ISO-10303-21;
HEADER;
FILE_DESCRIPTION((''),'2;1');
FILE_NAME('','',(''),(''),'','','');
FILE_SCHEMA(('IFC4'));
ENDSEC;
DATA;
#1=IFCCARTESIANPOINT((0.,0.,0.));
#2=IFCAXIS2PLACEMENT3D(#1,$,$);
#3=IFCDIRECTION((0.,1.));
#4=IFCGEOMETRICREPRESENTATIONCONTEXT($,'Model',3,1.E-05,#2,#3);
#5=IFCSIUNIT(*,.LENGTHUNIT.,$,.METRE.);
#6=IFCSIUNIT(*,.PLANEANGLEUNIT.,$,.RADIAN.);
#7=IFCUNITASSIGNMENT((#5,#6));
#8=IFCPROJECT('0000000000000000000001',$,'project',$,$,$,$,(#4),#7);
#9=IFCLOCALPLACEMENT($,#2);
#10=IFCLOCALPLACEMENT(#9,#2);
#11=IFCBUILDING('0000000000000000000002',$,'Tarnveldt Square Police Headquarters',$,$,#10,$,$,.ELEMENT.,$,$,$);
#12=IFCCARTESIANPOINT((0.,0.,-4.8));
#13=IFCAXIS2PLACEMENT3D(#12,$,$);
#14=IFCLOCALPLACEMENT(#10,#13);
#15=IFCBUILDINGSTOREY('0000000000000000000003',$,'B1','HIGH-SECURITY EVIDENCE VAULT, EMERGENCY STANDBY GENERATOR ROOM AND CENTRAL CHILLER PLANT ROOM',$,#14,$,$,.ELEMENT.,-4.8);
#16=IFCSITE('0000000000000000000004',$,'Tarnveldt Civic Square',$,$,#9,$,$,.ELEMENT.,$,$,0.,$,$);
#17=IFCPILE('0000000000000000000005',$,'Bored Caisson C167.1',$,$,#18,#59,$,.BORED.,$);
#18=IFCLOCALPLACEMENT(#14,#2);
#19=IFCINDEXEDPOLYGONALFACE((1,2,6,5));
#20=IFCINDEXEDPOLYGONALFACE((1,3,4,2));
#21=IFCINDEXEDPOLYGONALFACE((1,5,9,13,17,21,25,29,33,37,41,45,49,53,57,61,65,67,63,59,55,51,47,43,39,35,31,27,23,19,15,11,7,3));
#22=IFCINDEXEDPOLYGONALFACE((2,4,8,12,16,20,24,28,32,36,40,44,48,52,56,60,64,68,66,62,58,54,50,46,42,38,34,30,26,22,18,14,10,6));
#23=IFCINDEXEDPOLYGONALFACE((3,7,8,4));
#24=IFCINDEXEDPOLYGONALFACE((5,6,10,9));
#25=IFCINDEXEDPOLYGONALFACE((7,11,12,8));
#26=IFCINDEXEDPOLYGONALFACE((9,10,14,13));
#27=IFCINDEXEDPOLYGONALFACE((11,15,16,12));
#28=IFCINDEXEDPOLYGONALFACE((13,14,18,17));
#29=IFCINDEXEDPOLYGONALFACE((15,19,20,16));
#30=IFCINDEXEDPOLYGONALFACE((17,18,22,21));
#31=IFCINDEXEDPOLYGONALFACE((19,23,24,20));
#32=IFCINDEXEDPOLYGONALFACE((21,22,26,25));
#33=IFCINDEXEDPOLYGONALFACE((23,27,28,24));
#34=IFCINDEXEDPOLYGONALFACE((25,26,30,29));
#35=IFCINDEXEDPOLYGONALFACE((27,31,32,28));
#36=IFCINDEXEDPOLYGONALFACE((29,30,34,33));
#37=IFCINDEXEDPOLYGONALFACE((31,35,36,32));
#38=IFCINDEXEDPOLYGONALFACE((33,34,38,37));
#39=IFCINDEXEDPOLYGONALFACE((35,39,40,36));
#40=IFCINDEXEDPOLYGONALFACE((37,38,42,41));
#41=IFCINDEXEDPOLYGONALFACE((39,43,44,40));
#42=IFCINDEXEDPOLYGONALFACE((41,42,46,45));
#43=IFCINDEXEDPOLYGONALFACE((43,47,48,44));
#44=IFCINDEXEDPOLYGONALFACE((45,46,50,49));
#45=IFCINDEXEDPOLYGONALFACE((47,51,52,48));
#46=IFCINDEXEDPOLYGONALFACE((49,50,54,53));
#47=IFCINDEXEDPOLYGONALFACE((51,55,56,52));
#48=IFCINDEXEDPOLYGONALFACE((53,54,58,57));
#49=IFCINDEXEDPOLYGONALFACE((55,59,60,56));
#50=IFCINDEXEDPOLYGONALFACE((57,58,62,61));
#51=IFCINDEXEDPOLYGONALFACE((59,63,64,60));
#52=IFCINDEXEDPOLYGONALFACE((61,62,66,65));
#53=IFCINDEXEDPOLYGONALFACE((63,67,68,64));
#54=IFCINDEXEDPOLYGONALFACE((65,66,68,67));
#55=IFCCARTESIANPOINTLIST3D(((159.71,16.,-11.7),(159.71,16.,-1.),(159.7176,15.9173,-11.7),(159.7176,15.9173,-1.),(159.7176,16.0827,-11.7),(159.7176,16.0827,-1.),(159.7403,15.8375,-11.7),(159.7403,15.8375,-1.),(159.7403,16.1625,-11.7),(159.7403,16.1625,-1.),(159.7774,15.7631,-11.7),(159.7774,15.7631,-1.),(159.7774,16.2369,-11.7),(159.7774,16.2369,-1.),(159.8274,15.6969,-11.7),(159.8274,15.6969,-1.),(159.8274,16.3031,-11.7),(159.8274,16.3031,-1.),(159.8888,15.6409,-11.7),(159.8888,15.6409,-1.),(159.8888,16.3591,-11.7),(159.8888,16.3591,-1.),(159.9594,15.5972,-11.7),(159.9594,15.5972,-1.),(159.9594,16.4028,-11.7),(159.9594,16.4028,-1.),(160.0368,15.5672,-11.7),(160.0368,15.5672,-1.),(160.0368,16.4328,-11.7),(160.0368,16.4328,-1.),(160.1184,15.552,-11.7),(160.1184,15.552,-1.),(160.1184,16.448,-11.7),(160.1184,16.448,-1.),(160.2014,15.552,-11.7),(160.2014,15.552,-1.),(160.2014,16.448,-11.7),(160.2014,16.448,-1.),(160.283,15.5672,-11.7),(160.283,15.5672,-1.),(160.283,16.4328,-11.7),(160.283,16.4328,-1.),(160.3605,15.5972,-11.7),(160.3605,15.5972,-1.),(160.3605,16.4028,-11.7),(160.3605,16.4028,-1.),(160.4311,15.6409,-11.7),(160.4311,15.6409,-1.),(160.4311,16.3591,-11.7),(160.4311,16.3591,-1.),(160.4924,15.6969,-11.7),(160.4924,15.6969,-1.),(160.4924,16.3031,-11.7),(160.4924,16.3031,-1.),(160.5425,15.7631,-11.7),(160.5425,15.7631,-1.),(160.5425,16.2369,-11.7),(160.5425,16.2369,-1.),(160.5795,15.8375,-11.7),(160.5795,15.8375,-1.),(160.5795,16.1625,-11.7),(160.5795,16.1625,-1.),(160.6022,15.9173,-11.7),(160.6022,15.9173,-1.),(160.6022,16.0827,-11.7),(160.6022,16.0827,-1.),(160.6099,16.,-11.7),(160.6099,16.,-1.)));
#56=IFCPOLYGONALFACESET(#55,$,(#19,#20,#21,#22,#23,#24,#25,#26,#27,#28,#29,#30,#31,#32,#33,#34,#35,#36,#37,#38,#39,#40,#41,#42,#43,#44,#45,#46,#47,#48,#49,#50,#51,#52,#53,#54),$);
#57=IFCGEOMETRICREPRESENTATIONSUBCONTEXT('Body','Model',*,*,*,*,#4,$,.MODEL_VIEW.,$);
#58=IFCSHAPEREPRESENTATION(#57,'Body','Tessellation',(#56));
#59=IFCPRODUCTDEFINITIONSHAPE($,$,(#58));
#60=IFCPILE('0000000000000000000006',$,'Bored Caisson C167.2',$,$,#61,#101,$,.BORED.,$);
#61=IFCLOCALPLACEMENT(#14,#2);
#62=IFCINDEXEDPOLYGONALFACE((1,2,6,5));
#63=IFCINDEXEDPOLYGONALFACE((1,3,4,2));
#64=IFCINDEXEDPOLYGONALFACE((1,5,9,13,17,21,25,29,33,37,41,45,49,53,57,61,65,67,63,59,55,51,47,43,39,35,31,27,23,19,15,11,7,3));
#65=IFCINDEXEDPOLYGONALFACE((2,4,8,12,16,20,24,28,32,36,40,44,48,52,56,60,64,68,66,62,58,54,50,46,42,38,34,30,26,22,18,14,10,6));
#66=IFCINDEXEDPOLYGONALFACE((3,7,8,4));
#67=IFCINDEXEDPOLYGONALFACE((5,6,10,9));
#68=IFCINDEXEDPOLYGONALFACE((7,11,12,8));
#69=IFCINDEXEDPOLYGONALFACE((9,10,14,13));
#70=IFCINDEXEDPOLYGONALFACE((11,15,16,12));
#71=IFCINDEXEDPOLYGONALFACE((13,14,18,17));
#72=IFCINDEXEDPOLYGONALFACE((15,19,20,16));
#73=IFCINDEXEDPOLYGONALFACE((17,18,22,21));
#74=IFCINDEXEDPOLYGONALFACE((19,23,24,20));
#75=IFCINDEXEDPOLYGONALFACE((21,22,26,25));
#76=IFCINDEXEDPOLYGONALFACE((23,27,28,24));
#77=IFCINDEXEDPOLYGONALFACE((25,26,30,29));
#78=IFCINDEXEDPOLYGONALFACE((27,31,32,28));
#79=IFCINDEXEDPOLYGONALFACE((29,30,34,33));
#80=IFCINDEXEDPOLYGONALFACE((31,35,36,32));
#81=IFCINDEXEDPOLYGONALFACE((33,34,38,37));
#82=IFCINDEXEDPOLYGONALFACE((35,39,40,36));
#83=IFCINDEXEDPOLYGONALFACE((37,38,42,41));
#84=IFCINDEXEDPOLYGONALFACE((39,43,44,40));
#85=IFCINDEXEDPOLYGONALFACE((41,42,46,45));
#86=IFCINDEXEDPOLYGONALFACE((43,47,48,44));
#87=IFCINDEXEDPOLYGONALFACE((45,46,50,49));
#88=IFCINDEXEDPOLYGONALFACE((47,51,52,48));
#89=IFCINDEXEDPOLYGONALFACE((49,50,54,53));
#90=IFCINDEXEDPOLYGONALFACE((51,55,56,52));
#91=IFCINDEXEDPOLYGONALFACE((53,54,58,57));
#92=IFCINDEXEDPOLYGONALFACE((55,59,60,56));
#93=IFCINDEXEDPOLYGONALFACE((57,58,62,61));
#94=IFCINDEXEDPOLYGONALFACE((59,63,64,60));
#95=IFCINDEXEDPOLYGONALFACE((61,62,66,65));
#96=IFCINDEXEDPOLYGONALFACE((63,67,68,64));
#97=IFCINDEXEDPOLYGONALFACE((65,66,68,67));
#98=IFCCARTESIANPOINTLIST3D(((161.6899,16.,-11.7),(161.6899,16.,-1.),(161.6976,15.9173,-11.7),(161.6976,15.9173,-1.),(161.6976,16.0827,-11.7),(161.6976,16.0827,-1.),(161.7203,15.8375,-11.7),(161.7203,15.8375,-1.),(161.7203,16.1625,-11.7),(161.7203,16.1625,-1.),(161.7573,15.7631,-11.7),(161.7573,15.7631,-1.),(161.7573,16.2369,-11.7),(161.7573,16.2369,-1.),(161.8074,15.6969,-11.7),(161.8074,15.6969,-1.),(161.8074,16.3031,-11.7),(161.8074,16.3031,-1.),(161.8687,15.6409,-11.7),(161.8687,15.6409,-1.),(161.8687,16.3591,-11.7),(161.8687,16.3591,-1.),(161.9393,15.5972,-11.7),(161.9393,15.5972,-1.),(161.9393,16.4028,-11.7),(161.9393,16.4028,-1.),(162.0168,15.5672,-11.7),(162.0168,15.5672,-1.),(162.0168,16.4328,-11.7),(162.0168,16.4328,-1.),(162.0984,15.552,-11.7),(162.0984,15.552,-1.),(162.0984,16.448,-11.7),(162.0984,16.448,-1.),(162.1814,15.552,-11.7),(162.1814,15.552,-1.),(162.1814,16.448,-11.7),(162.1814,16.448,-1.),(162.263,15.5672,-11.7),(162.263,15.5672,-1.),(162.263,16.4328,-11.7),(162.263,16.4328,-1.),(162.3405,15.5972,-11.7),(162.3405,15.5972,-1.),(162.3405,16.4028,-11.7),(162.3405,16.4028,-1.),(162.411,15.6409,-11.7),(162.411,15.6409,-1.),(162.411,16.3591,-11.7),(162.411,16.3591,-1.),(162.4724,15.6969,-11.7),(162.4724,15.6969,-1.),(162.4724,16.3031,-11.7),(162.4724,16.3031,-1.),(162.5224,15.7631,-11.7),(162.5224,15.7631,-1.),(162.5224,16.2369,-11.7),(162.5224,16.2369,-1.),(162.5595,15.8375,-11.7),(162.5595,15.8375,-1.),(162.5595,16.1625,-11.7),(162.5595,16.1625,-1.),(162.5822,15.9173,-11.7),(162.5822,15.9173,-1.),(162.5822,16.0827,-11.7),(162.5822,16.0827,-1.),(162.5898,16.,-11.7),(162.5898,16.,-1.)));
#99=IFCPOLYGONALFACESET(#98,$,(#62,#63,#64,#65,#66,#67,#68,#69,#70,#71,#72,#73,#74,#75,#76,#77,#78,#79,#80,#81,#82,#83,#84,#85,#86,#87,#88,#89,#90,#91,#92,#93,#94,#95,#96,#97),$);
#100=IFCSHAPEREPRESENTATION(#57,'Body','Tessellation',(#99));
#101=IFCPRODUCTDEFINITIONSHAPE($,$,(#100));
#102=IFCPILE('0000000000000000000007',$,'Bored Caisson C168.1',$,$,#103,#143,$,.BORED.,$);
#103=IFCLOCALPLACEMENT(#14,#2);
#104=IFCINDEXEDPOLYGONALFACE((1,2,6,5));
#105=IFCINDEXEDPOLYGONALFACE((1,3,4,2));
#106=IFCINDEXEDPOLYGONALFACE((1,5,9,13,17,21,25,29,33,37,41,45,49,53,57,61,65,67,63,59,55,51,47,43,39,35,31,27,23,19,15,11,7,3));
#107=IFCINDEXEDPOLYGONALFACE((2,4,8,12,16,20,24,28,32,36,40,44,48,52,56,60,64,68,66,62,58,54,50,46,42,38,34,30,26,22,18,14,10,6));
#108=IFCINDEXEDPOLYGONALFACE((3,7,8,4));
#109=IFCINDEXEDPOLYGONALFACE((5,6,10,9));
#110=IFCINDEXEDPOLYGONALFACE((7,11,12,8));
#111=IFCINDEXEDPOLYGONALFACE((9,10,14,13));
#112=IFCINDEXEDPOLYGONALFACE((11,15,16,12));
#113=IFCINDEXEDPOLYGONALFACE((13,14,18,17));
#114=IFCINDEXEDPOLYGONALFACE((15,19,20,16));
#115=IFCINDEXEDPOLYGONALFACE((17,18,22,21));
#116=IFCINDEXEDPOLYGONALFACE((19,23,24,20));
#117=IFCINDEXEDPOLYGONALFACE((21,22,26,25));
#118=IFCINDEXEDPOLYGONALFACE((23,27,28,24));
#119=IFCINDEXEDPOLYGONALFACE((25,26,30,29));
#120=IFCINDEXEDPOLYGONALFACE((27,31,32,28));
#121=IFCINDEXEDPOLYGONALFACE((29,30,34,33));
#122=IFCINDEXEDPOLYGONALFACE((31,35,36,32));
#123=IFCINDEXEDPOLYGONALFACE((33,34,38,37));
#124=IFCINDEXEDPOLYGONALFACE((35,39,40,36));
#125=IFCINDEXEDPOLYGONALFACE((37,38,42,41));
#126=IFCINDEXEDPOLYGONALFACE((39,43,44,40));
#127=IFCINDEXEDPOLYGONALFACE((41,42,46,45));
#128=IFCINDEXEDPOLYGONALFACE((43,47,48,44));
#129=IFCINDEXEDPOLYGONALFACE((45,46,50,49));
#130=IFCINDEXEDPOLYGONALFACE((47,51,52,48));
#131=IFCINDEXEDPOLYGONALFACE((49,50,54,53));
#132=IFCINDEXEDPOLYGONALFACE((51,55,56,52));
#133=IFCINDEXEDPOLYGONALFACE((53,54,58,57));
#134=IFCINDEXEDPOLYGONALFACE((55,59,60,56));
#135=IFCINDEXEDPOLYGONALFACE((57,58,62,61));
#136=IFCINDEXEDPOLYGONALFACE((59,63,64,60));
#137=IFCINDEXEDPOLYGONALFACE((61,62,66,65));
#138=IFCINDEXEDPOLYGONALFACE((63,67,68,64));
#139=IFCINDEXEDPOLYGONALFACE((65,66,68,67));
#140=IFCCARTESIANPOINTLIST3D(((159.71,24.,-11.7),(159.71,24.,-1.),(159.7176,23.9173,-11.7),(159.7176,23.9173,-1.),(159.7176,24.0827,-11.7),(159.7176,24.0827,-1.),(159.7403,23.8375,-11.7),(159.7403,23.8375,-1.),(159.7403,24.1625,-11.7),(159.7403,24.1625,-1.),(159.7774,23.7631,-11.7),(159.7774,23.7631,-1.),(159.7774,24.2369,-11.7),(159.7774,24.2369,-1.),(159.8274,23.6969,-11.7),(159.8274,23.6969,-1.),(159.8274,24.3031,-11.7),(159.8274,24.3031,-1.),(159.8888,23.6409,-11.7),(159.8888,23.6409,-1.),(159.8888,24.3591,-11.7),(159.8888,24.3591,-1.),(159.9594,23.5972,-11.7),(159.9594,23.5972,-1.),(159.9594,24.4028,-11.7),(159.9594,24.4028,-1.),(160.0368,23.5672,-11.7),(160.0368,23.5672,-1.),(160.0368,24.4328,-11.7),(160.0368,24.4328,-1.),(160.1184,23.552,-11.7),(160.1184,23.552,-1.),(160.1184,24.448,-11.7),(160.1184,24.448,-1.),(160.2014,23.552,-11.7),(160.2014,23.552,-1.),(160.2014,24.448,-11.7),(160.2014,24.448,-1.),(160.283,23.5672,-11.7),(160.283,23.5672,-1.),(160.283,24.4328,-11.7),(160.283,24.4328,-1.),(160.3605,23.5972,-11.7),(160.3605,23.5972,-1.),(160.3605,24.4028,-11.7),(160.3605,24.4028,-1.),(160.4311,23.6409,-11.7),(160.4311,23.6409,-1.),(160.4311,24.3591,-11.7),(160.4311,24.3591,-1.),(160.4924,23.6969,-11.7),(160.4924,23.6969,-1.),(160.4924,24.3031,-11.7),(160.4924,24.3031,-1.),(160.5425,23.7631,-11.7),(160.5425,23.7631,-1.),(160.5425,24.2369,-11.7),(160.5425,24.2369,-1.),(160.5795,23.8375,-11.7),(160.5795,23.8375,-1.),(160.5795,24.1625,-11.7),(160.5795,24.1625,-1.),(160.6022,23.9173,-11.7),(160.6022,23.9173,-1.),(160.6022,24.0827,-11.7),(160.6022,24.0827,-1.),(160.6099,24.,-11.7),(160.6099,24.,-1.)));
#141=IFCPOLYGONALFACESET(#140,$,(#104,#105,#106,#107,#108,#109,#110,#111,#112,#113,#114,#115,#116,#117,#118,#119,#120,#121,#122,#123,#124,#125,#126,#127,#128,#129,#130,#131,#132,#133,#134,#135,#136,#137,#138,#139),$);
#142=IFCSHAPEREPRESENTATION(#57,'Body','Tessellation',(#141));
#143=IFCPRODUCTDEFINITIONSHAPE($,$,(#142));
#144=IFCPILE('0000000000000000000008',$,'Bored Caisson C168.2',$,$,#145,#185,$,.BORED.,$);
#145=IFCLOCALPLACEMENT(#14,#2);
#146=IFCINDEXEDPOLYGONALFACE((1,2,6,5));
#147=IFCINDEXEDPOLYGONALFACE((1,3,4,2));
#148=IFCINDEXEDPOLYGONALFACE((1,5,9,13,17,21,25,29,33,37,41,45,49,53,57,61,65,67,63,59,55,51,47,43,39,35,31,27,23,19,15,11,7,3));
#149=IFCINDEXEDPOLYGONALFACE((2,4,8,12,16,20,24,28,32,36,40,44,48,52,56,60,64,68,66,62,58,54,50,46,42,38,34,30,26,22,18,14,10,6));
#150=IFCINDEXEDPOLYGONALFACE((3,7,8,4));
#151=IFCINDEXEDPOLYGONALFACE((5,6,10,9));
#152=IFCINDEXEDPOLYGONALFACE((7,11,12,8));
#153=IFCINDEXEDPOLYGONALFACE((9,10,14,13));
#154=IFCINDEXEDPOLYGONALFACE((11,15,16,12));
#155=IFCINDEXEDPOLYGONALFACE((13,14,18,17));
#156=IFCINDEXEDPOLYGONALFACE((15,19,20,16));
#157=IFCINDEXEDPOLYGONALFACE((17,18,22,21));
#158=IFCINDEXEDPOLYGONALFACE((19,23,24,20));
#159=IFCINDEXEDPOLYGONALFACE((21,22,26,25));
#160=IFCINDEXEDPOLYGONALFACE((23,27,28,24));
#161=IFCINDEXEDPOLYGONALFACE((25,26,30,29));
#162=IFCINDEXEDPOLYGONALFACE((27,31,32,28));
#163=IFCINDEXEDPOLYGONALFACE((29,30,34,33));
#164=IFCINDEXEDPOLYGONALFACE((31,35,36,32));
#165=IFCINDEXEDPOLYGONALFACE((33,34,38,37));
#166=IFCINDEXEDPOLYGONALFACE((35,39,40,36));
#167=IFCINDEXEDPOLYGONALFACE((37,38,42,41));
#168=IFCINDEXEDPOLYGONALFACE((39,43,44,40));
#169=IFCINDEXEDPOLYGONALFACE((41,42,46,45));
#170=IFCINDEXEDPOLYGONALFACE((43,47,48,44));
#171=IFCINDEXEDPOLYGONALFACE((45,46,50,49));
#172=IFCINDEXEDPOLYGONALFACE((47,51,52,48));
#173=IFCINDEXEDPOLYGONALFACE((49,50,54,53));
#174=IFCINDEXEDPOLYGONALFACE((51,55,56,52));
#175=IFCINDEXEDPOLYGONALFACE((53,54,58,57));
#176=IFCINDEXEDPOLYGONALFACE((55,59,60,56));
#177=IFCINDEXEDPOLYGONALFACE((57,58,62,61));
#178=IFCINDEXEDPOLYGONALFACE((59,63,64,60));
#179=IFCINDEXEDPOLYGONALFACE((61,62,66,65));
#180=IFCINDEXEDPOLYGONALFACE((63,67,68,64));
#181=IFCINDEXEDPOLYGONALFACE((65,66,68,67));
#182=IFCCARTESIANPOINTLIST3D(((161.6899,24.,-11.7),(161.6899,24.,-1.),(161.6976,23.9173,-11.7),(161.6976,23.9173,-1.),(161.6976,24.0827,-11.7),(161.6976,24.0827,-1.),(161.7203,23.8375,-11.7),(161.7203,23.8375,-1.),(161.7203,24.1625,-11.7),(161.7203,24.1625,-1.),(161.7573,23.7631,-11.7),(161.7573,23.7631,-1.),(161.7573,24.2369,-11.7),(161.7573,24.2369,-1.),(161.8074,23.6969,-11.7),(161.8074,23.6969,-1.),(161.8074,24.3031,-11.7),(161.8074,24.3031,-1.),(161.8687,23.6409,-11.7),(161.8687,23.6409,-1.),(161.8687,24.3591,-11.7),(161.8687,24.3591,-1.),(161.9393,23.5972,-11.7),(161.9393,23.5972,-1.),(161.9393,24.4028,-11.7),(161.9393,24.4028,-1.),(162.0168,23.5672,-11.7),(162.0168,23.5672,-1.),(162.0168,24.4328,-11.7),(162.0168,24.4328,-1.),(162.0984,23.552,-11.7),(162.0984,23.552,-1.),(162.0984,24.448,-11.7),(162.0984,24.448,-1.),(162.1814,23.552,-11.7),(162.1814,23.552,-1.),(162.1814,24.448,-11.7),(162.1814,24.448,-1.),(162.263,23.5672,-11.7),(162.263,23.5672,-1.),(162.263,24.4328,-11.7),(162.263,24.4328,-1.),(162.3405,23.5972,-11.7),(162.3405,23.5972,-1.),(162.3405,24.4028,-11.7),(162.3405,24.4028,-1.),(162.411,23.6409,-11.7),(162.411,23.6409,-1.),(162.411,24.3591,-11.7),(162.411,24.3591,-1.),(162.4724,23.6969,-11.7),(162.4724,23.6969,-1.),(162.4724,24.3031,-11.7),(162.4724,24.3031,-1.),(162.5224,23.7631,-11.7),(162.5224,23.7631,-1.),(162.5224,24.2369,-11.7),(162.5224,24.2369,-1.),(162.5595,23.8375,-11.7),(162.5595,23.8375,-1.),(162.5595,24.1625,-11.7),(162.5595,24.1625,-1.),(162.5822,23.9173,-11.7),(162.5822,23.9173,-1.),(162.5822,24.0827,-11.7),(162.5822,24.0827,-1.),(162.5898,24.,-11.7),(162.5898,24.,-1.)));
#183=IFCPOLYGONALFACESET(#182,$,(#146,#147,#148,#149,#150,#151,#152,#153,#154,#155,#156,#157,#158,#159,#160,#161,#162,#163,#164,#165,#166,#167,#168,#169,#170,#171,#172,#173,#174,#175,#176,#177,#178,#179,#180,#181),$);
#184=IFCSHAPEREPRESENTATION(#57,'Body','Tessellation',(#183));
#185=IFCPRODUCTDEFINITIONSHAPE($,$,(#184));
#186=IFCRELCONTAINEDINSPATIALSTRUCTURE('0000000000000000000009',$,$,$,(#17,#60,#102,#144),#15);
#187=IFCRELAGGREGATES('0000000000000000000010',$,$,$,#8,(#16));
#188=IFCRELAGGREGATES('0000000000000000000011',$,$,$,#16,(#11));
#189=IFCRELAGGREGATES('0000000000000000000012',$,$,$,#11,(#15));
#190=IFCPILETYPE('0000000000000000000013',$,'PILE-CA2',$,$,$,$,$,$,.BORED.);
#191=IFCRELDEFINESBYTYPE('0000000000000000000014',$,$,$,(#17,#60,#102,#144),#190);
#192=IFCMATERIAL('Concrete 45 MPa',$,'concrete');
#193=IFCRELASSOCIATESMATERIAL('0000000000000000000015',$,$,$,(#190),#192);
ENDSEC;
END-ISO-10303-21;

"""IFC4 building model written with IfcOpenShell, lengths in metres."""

from ifc_helpers import new_model, si_unit, direction, frame, origin, origin_2d, place, context, subcontext, project, spatial, circle, extrude, material, material_profile, profile_set, type_object, element, save


model = new_model("IFC4")

# Units and contexts
model_context = context("Model", 3, precision=1e-05, world=origin(), true_north=direction((0.0, 1.0)))
body_context = subcontext(model_context, "Body", "Model", "MODEL_VIEW")
ifc_project = project(units=[si_unit("LENGTHUNIT", "METRE"), si_unit("PLANEANGLEUNIT", "RADIAN")], contexts=[model_context])

# Site, building, storey
site_placement = place(None, origin())
site = spatial("IfcSite", under=ifc_project, at=site_placement, Name="Tarnveldt Civic Square", CompositionType="ELEMENT", RefElevation=0.0)
building_placement = place(site_placement, origin())
building = spatial("IfcBuilding", under=site, at=building_placement, Name="Tarnveldt Square Police Headquarters", CompositionType="ELEMENT")
storey_placement = place(building_placement, frame((0.0, 0.0, -4.8)))
storey = spatial("IfcBuildingStorey", under=building, at=storey_placement, Name="B1", Description="HIGH-SECURITY EVIDENCE VAULT, EMERGENCY STANDBY GENERATOR ROOM AND CENTRAL CHILLER PLANT ROOM", CompositionType="ELEMENT", Elevation=-4.8)

# Shared definitions
ifc_material_1 = material(Name="Concrete 45 MPa", Category="concrete")

# Piles
ifc_material_profile_1 = material_profile(ifc_material_1, circle(Radius=0.45, at=origin_2d()), Name="CAISSON-D900")
ifc_profile_set_1 = profile_set([ifc_material_profile_1], Name="Concrete 45 MPa")
pile_type_1 = type_object("IfcPileType", Name="PILE-CA2", PredefinedType="BORED", material=ifc_profile_set_1)
for number, where, z_axis, x_axis, name in (
    (1, (160.1599, 16.0, -1.0), (0.0, 0.0, -1.0), (1.0, 0.0, 0.0), "Bored Caisson C167.1"),
    (2, (162.1399, 16.0, -1.0), (0.0, 0.0, -1.0), (1.0, 0.0, 0.0), "Bored Caisson C167.2"),
    (3, (160.1599, 24.0, -1.0), (0.0, 0.0, -1.0), (1.0, 0.0, 0.0), "Bored Caisson C168.1"),
    (4, (162.1399, 24.0, -1.0), (0.0, 0.0, -1.0), (1.0, 0.0, 0.0), "Bored Caisson C168.2"),
):
    element("IfcPile", number, at=place(storey_placement, frame(where, z_axis=z_axis, x_axis=x_axis)), inside=storey, type_object=pile_type_1, Name=name, PredefinedType="BORED", context=body_context, shape_type="SweptSolid", body=[
        extrude(circle(Radius=0.45, at=origin_2d()), origin(), (0.0, 0.0, 1.0), 10.7),
    ])

save(model, "model.ifc")
